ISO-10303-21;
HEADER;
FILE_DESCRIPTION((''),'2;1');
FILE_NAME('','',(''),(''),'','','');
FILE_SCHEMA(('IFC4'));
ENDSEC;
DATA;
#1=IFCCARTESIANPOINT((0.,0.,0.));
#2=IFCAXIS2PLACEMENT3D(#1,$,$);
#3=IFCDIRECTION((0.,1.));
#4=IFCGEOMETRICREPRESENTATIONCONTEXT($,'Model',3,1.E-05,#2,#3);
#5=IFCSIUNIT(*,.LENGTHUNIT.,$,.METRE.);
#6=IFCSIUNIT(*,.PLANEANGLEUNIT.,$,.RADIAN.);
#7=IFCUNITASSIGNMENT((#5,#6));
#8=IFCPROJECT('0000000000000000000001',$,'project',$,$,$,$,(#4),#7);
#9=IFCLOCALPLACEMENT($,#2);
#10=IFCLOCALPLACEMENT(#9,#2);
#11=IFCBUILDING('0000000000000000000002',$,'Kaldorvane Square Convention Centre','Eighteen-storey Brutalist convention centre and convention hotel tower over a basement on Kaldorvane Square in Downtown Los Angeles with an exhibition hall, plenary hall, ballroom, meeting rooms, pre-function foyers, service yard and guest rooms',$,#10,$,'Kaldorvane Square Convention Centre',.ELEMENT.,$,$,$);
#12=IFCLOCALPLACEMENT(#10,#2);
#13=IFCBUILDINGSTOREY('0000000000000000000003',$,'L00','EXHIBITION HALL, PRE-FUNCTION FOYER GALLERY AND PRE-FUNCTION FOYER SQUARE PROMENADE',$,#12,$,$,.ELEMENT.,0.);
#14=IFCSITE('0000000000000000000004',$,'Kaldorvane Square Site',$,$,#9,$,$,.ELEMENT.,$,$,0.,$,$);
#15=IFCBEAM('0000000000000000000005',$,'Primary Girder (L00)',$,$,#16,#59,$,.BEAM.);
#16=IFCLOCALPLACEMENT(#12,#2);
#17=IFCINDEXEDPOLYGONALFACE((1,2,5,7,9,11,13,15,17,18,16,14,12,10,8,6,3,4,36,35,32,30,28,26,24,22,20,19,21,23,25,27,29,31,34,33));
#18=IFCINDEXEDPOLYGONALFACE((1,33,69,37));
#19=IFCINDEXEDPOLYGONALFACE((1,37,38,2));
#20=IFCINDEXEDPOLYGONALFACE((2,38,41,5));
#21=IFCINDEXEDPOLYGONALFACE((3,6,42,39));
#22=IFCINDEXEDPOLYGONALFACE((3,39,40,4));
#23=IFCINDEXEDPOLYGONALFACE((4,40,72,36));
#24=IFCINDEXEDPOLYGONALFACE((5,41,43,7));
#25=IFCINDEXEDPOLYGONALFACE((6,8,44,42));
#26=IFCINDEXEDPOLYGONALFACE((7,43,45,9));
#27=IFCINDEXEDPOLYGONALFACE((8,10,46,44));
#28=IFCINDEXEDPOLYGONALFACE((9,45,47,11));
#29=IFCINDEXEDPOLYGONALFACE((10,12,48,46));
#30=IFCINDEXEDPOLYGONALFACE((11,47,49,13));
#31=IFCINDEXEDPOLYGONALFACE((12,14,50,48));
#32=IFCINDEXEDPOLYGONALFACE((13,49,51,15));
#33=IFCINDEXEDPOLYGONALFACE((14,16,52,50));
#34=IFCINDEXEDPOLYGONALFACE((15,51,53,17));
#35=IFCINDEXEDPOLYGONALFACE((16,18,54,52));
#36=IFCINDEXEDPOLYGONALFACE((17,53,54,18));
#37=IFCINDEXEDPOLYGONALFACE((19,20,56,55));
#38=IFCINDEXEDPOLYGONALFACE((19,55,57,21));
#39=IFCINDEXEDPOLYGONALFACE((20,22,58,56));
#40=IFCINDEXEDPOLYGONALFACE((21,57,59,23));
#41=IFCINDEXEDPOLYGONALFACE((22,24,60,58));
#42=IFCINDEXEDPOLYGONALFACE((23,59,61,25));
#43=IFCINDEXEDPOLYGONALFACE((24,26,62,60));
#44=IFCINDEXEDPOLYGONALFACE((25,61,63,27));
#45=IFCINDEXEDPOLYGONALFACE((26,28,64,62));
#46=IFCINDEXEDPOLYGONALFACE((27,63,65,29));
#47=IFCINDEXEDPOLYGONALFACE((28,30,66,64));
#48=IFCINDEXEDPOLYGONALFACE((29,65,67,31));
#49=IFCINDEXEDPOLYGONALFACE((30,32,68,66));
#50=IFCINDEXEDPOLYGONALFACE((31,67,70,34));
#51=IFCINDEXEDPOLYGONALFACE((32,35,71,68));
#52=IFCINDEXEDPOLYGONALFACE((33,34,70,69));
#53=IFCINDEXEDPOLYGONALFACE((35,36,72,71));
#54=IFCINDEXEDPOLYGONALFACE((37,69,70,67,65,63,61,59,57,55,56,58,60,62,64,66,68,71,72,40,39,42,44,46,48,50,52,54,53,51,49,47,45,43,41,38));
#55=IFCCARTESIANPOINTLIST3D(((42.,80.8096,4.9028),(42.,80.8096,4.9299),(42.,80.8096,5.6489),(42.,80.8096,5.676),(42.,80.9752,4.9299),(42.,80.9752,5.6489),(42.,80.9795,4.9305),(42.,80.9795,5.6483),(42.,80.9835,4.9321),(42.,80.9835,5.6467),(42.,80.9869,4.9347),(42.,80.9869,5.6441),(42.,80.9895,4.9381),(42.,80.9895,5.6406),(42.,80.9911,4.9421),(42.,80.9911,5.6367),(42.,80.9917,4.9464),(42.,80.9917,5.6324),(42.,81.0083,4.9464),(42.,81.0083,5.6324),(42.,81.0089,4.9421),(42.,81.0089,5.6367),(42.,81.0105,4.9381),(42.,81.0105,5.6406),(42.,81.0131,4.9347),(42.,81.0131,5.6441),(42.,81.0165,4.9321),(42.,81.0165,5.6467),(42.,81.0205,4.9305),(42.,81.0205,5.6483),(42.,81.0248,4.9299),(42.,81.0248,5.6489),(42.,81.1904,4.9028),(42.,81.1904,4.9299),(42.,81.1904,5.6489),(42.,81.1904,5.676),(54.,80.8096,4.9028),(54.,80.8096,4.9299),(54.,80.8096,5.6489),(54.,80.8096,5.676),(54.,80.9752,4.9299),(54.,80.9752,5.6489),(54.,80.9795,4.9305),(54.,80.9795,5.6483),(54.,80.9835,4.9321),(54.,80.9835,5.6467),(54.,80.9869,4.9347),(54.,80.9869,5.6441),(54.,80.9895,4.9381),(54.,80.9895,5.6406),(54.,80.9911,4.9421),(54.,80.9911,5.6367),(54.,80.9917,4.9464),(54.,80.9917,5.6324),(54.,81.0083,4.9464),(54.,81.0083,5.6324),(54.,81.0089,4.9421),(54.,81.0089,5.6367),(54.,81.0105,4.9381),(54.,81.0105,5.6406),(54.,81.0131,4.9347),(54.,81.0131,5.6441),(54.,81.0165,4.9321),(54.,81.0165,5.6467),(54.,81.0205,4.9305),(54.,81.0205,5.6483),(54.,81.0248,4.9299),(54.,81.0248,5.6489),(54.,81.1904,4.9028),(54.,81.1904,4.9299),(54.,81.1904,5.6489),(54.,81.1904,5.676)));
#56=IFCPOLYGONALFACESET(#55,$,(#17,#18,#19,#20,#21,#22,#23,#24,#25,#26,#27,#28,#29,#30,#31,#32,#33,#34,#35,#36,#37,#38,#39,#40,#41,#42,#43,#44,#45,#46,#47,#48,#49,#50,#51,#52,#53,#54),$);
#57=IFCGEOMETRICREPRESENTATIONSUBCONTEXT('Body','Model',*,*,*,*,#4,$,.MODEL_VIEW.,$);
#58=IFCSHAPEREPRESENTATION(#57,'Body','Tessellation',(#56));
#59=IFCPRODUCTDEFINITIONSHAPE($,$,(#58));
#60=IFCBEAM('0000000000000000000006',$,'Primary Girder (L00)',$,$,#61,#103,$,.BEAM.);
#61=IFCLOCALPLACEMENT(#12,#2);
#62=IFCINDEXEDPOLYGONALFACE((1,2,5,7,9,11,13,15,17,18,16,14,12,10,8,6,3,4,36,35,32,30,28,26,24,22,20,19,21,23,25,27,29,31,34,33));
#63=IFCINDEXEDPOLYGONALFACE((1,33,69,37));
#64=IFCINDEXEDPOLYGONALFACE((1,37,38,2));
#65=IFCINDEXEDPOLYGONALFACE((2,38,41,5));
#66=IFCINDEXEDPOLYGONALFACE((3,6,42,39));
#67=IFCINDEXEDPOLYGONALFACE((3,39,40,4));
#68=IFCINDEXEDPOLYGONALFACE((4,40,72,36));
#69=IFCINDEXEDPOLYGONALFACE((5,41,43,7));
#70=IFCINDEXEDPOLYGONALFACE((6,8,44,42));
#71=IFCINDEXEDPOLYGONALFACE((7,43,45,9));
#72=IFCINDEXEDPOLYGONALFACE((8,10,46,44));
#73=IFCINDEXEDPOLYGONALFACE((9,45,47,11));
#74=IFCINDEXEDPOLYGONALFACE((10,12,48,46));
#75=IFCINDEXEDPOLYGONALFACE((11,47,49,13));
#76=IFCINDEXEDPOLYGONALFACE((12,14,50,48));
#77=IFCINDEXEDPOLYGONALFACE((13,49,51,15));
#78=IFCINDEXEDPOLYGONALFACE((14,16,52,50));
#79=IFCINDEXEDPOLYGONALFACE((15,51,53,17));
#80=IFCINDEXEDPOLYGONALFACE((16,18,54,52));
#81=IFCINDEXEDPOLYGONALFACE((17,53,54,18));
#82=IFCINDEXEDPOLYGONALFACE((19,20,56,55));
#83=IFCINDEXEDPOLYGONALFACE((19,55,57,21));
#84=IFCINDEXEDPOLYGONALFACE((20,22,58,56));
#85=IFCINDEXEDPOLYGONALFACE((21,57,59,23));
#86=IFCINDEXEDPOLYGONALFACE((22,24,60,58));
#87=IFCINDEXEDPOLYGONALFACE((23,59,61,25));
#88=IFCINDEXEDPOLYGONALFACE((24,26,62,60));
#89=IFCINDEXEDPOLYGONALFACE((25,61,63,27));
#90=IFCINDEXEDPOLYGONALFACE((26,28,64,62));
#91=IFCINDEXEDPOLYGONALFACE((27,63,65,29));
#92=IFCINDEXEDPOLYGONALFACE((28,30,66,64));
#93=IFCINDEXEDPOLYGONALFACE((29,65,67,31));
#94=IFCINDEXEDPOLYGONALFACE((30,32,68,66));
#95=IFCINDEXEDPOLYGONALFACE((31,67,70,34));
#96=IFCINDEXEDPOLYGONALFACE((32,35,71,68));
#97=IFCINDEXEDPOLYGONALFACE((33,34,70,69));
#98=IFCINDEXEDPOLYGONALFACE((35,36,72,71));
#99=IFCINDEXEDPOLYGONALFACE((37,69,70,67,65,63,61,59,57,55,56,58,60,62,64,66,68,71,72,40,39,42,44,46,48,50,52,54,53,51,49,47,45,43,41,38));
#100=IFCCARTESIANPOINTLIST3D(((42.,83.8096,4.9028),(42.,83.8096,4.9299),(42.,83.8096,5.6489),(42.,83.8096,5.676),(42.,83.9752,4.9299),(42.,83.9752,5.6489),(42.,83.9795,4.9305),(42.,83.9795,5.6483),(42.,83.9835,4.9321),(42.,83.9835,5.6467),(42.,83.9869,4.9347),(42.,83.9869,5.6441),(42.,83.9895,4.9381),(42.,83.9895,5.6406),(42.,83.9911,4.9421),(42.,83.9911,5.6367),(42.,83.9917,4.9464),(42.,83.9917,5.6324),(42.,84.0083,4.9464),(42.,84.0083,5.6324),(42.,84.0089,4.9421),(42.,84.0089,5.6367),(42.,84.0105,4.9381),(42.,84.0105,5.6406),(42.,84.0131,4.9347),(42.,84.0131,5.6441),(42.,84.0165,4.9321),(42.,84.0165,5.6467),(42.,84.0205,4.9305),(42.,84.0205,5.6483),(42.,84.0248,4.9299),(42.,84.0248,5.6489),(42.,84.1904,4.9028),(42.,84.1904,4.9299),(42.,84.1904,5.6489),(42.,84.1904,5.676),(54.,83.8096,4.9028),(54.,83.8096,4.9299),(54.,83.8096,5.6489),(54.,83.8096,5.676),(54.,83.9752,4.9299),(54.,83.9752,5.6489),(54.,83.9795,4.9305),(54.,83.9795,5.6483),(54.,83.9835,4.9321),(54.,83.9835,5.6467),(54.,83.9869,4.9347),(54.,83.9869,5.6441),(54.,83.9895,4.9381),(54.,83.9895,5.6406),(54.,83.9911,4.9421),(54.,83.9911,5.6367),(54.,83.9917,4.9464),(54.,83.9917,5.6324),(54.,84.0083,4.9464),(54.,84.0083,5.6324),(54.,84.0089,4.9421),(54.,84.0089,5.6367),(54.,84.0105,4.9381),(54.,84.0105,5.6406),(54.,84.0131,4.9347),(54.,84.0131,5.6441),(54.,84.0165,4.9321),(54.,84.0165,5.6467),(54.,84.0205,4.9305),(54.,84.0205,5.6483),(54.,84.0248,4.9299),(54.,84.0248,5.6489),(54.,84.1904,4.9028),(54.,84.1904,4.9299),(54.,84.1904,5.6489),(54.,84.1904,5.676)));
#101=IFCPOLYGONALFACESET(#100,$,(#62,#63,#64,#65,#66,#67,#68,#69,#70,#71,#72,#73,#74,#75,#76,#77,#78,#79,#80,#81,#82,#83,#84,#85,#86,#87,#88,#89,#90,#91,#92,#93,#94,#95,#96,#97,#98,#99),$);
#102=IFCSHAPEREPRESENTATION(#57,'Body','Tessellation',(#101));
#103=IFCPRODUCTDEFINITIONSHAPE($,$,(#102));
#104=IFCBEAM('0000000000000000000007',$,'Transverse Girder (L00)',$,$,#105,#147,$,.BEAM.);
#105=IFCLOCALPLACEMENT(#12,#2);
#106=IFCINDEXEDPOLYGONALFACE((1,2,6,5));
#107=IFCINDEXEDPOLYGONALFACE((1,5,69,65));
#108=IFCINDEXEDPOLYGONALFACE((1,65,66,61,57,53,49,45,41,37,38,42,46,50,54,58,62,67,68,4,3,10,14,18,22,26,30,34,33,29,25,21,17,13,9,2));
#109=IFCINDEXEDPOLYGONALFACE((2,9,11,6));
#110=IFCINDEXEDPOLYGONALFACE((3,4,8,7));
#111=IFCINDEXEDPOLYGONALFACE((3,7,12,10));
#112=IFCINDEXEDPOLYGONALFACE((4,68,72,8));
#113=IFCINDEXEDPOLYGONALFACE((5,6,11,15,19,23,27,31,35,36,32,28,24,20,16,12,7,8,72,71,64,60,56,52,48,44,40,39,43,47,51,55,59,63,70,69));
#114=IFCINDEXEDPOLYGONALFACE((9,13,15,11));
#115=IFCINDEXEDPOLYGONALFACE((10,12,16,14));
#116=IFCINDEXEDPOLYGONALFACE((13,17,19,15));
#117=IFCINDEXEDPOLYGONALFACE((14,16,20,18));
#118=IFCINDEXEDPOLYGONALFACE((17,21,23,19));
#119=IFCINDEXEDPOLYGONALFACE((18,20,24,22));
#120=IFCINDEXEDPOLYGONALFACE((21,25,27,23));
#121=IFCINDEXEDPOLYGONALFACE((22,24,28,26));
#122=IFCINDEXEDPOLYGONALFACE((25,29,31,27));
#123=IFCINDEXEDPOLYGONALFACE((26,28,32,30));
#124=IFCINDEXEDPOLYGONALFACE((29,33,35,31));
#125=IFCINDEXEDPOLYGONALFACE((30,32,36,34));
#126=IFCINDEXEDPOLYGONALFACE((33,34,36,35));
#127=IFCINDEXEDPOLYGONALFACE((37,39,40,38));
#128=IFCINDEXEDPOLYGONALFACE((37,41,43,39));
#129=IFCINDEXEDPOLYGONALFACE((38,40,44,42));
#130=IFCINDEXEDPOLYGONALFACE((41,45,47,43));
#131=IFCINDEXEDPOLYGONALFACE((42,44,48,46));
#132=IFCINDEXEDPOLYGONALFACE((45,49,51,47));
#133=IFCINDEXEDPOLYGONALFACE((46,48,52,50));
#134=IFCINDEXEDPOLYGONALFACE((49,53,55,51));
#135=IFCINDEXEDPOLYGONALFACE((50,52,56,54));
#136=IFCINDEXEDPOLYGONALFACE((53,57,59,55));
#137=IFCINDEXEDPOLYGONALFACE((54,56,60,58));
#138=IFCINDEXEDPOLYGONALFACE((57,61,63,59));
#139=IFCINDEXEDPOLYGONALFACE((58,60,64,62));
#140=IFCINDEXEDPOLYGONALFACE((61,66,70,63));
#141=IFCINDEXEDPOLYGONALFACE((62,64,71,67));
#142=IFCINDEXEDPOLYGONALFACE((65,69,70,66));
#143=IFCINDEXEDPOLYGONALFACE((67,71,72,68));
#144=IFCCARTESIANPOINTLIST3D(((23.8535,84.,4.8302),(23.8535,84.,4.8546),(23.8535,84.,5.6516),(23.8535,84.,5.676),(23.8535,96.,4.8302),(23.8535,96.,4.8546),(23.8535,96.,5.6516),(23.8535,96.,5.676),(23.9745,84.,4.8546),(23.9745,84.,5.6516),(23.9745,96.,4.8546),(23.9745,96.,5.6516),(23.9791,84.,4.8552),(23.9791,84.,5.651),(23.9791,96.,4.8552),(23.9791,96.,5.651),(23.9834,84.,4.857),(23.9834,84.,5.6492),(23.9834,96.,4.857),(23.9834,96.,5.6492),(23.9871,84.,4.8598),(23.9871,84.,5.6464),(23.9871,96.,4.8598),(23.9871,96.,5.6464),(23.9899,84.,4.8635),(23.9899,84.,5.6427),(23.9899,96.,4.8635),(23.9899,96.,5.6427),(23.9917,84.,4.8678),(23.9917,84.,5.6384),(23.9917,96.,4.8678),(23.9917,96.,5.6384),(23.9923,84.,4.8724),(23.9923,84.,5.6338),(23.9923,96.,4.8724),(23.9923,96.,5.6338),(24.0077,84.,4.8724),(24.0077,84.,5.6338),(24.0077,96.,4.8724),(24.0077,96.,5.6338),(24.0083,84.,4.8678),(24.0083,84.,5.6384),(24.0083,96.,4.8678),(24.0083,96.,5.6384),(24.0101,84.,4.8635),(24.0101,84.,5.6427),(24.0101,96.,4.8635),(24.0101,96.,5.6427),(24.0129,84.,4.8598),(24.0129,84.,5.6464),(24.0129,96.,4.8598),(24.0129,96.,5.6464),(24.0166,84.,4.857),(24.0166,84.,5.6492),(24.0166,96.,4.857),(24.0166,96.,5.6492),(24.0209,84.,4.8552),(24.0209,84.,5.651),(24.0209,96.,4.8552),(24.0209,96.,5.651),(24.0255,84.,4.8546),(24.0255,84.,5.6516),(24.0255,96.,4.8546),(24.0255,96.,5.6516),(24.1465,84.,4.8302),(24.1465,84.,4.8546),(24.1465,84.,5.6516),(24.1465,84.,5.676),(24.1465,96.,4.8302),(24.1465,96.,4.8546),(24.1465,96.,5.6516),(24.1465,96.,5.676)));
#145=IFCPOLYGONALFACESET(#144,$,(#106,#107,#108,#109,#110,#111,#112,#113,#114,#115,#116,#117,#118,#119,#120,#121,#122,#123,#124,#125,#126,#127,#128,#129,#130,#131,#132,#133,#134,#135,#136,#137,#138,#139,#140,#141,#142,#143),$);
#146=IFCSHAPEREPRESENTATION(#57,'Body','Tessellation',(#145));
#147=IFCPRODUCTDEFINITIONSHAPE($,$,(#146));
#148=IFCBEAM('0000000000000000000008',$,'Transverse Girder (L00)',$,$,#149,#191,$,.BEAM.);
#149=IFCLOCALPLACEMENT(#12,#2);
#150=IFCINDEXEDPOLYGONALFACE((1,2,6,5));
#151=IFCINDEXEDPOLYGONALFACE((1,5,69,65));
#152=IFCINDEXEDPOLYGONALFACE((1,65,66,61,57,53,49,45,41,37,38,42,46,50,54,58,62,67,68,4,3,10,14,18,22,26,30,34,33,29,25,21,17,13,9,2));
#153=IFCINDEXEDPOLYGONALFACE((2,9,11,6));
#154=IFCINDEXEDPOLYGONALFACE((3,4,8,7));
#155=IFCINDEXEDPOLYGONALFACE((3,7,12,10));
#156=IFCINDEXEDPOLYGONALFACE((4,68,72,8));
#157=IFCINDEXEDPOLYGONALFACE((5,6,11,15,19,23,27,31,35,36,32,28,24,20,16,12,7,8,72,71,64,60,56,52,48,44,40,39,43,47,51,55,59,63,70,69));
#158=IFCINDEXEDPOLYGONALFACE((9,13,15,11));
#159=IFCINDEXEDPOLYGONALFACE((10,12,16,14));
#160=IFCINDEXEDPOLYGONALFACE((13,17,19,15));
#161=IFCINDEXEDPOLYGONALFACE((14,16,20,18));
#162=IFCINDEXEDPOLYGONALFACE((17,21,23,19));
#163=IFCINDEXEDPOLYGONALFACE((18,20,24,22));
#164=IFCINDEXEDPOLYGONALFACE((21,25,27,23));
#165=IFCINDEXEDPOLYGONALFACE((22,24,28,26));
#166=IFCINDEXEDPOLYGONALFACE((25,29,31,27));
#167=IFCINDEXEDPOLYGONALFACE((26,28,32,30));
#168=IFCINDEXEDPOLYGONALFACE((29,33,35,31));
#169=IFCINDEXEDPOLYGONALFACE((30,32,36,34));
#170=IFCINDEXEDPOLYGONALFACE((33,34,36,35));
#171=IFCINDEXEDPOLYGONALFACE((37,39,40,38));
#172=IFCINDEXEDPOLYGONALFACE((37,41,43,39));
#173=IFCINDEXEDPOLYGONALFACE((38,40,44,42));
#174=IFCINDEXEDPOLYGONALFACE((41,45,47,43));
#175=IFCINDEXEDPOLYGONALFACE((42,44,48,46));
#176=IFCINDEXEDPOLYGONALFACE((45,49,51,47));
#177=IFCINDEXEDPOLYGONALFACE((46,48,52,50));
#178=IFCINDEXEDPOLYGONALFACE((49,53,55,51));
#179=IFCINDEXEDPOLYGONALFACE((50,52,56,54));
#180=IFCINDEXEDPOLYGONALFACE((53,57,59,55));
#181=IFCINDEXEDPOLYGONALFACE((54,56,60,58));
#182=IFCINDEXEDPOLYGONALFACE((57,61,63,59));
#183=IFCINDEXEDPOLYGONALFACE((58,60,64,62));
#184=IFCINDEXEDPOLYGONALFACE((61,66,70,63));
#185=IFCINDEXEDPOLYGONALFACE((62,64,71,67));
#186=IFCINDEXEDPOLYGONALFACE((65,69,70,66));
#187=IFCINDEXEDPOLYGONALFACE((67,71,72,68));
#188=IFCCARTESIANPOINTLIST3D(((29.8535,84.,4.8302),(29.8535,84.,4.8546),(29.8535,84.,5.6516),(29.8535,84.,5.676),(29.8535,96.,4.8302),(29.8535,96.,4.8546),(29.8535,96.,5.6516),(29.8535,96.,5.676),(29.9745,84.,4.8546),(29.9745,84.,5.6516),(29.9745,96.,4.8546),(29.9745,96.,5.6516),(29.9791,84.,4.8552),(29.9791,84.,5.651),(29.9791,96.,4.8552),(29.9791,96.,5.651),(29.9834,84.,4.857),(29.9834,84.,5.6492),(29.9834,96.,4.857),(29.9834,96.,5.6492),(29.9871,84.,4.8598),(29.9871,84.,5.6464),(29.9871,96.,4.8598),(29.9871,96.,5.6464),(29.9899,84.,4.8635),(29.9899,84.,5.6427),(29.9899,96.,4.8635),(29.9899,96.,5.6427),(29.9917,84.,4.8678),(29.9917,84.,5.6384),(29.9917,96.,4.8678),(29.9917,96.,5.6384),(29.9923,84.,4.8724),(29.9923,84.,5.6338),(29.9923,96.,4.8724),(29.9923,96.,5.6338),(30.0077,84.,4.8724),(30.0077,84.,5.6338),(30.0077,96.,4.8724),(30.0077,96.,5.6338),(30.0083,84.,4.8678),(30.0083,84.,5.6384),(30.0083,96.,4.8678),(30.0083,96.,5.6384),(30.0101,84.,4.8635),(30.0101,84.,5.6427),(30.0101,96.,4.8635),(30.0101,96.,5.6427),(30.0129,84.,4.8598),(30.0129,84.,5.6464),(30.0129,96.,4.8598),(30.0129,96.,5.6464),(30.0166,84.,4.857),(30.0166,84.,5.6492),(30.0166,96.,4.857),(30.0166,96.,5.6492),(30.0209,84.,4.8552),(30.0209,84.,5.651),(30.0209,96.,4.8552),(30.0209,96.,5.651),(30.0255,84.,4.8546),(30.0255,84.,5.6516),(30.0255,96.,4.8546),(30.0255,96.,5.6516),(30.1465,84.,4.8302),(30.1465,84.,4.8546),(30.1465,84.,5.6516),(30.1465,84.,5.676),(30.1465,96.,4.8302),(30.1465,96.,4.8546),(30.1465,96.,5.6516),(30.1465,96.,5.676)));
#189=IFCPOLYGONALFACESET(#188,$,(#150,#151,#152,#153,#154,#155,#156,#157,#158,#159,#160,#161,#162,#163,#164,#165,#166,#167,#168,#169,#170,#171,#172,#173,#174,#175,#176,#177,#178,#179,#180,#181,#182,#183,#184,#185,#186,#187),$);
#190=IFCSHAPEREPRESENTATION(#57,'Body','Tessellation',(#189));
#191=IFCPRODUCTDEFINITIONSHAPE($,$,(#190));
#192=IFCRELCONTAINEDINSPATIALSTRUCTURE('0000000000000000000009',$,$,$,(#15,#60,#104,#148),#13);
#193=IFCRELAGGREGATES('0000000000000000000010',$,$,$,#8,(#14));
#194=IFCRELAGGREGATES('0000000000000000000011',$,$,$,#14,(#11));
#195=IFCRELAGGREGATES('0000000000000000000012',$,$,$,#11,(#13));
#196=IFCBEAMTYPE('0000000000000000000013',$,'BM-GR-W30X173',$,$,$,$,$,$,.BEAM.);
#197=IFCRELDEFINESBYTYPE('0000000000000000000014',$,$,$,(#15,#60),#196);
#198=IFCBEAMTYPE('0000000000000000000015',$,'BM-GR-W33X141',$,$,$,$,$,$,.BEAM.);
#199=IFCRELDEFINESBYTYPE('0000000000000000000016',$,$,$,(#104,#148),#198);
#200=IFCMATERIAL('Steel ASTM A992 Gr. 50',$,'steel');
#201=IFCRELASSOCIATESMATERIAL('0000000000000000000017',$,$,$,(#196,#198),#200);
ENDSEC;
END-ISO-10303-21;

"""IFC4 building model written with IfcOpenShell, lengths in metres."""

from ifc_helpers import new_model, si_unit, direction, frame, origin, origin_2d, place, context, subcontext, project, spatial, i_section, extrude, material, material_profile, profile_set, type_object, element, save


model = new_model("IFC4")

# Units and contexts
model_context = context("Model", 3, precision=1e-05, world=origin(), true_north=direction((0.0, 1.0)))
body_context = subcontext(model_context, "Body", "Model", "MODEL_VIEW")
ifc_project = project(units=[si_unit("LENGTHUNIT", "METRE"), si_unit("PLANEANGLEUNIT", "RADIAN")], contexts=[model_context])

# Site, building, storey
site_placement = place(None, origin())
site = spatial("IfcSite", under=ifc_project, at=site_placement, Name="Kaldorvane Square Site", CompositionType="ELEMENT", RefElevation=0.0)
building_placement = place(site_placement, origin())
building = spatial("IfcBuilding", under=site, at=building_placement, Name="Kaldorvane Square Convention Centre", Description="Eighteen-storey Brutalist convention centre and convention hotel tower over a basement on Kaldorvane Square in Downtown Los Angeles with an exhibition hall, plenary hall, ballroom, meeting rooms, pre-function foyers, service yard and guest rooms", LongName="Kaldorvane Square Convention Centre", CompositionType="ELEMENT")
storey_placement = place(building_placement, origin())
storey = spatial("IfcBuildingStorey", under=building, at=storey_placement, Name="L00", Description="EXHIBITION HALL, PRE-FUNCTION FOYER GALLERY AND PRE-FUNCTION FOYER SQUARE PROMENADE", CompositionType="ELEMENT", Elevation=0.0)

# Shared definitions
ifc_material_1 = material(Name="Steel ASTM A992 Gr. 50", Category="steel")

# Beams
ifc_material_profile_1 = material_profile(ifc_material_1, i_section(OverallWidth=0.3807, OverallDepth=0.7732, WebThickness=0.0166, FlangeThickness=0.0271, FilletRadius=0.0165, at=origin_2d()), Name="W30X173")
ifc_profile_set_1 = profile_set([ifc_material_profile_1], Name="Steel ASTM A992 Gr. 50")
beam_type_1 = type_object("IfcBeamType", Name="BM-GR-W30X173", PredefinedType="BEAM", material=ifc_profile_set_1)
for number, where, z_axis, x_axis, name in (
    (1, (42.0, 81.0, 5.2894), (1.0, 0.0, 0.0), (0.0, 1.0, 0.0), "Primary Girder (L00)"),
    (2, (42.0, 84.0, 5.2894), (1.0, 0.0, 0.0), (0.0, 1.0, 0.0), "Primary Girder (L00)"),
):
    element("IfcBeam", number, at=place(storey_placement, frame(where, z_axis=z_axis, x_axis=x_axis)), inside=storey, type_object=beam_type_1, Name=name, PredefinedType="BEAM", context=body_context, shape_type="SweptSolid", body=[
        extrude(i_section(OverallWidth=0.3807, OverallDepth=0.7732, WebThickness=0.0166, FlangeThickness=0.0271, FilletRadius=0.0165, at=origin_2d()), origin(), (0.0, 0.0, 1.0), 12.0),
    ])
ifc_material_profile_2 = material_profile(ifc_material_1, i_section(OverallWidth=0.293, OverallDepth=0.8458, WebThickness=0.0154, FlangeThickness=0.0244, FilletRadius=0.0178, at=origin_2d()), Name="W33X141")
ifc_profile_set_2 = profile_set([ifc_material_profile_2], Name="Steel ASTM A992 Gr. 50")
beam_type_2 = type_object("IfcBeamType", Name="BM-GR-W33X141", PredefinedType="BEAM", material=ifc_profile_set_2)
for number, where, z_axis, x_axis, name in (
    (3, (24.0, 84.0, 5.2531), (0.0, 1.0, 0.0), (-1.0, 0.0, 0.0), "Transverse Girder (L00)"),
    (4, (30.0, 84.0, 5.2531), (0.0, 1.0, 0.0), (-1.0, 0.0, 0.0), "Transverse Girder (L00)"),
):
    element("IfcBeam", number, at=place(storey_placement, frame(where, z_axis=z_axis, x_axis=x_axis)), inside=storey, type_object=beam_type_2, Name=name, PredefinedType="BEAM", context=body_context, shape_type="SweptSolid", body=[
        extrude(i_section(OverallWidth=0.293, OverallDepth=0.8458, WebThickness=0.0154, FlangeThickness=0.0244, FilletRadius=0.0178, at=origin_2d()), origin(), (0.0, 0.0, 1.0), 12.0),
    ])

save(model, "model.ifc")
